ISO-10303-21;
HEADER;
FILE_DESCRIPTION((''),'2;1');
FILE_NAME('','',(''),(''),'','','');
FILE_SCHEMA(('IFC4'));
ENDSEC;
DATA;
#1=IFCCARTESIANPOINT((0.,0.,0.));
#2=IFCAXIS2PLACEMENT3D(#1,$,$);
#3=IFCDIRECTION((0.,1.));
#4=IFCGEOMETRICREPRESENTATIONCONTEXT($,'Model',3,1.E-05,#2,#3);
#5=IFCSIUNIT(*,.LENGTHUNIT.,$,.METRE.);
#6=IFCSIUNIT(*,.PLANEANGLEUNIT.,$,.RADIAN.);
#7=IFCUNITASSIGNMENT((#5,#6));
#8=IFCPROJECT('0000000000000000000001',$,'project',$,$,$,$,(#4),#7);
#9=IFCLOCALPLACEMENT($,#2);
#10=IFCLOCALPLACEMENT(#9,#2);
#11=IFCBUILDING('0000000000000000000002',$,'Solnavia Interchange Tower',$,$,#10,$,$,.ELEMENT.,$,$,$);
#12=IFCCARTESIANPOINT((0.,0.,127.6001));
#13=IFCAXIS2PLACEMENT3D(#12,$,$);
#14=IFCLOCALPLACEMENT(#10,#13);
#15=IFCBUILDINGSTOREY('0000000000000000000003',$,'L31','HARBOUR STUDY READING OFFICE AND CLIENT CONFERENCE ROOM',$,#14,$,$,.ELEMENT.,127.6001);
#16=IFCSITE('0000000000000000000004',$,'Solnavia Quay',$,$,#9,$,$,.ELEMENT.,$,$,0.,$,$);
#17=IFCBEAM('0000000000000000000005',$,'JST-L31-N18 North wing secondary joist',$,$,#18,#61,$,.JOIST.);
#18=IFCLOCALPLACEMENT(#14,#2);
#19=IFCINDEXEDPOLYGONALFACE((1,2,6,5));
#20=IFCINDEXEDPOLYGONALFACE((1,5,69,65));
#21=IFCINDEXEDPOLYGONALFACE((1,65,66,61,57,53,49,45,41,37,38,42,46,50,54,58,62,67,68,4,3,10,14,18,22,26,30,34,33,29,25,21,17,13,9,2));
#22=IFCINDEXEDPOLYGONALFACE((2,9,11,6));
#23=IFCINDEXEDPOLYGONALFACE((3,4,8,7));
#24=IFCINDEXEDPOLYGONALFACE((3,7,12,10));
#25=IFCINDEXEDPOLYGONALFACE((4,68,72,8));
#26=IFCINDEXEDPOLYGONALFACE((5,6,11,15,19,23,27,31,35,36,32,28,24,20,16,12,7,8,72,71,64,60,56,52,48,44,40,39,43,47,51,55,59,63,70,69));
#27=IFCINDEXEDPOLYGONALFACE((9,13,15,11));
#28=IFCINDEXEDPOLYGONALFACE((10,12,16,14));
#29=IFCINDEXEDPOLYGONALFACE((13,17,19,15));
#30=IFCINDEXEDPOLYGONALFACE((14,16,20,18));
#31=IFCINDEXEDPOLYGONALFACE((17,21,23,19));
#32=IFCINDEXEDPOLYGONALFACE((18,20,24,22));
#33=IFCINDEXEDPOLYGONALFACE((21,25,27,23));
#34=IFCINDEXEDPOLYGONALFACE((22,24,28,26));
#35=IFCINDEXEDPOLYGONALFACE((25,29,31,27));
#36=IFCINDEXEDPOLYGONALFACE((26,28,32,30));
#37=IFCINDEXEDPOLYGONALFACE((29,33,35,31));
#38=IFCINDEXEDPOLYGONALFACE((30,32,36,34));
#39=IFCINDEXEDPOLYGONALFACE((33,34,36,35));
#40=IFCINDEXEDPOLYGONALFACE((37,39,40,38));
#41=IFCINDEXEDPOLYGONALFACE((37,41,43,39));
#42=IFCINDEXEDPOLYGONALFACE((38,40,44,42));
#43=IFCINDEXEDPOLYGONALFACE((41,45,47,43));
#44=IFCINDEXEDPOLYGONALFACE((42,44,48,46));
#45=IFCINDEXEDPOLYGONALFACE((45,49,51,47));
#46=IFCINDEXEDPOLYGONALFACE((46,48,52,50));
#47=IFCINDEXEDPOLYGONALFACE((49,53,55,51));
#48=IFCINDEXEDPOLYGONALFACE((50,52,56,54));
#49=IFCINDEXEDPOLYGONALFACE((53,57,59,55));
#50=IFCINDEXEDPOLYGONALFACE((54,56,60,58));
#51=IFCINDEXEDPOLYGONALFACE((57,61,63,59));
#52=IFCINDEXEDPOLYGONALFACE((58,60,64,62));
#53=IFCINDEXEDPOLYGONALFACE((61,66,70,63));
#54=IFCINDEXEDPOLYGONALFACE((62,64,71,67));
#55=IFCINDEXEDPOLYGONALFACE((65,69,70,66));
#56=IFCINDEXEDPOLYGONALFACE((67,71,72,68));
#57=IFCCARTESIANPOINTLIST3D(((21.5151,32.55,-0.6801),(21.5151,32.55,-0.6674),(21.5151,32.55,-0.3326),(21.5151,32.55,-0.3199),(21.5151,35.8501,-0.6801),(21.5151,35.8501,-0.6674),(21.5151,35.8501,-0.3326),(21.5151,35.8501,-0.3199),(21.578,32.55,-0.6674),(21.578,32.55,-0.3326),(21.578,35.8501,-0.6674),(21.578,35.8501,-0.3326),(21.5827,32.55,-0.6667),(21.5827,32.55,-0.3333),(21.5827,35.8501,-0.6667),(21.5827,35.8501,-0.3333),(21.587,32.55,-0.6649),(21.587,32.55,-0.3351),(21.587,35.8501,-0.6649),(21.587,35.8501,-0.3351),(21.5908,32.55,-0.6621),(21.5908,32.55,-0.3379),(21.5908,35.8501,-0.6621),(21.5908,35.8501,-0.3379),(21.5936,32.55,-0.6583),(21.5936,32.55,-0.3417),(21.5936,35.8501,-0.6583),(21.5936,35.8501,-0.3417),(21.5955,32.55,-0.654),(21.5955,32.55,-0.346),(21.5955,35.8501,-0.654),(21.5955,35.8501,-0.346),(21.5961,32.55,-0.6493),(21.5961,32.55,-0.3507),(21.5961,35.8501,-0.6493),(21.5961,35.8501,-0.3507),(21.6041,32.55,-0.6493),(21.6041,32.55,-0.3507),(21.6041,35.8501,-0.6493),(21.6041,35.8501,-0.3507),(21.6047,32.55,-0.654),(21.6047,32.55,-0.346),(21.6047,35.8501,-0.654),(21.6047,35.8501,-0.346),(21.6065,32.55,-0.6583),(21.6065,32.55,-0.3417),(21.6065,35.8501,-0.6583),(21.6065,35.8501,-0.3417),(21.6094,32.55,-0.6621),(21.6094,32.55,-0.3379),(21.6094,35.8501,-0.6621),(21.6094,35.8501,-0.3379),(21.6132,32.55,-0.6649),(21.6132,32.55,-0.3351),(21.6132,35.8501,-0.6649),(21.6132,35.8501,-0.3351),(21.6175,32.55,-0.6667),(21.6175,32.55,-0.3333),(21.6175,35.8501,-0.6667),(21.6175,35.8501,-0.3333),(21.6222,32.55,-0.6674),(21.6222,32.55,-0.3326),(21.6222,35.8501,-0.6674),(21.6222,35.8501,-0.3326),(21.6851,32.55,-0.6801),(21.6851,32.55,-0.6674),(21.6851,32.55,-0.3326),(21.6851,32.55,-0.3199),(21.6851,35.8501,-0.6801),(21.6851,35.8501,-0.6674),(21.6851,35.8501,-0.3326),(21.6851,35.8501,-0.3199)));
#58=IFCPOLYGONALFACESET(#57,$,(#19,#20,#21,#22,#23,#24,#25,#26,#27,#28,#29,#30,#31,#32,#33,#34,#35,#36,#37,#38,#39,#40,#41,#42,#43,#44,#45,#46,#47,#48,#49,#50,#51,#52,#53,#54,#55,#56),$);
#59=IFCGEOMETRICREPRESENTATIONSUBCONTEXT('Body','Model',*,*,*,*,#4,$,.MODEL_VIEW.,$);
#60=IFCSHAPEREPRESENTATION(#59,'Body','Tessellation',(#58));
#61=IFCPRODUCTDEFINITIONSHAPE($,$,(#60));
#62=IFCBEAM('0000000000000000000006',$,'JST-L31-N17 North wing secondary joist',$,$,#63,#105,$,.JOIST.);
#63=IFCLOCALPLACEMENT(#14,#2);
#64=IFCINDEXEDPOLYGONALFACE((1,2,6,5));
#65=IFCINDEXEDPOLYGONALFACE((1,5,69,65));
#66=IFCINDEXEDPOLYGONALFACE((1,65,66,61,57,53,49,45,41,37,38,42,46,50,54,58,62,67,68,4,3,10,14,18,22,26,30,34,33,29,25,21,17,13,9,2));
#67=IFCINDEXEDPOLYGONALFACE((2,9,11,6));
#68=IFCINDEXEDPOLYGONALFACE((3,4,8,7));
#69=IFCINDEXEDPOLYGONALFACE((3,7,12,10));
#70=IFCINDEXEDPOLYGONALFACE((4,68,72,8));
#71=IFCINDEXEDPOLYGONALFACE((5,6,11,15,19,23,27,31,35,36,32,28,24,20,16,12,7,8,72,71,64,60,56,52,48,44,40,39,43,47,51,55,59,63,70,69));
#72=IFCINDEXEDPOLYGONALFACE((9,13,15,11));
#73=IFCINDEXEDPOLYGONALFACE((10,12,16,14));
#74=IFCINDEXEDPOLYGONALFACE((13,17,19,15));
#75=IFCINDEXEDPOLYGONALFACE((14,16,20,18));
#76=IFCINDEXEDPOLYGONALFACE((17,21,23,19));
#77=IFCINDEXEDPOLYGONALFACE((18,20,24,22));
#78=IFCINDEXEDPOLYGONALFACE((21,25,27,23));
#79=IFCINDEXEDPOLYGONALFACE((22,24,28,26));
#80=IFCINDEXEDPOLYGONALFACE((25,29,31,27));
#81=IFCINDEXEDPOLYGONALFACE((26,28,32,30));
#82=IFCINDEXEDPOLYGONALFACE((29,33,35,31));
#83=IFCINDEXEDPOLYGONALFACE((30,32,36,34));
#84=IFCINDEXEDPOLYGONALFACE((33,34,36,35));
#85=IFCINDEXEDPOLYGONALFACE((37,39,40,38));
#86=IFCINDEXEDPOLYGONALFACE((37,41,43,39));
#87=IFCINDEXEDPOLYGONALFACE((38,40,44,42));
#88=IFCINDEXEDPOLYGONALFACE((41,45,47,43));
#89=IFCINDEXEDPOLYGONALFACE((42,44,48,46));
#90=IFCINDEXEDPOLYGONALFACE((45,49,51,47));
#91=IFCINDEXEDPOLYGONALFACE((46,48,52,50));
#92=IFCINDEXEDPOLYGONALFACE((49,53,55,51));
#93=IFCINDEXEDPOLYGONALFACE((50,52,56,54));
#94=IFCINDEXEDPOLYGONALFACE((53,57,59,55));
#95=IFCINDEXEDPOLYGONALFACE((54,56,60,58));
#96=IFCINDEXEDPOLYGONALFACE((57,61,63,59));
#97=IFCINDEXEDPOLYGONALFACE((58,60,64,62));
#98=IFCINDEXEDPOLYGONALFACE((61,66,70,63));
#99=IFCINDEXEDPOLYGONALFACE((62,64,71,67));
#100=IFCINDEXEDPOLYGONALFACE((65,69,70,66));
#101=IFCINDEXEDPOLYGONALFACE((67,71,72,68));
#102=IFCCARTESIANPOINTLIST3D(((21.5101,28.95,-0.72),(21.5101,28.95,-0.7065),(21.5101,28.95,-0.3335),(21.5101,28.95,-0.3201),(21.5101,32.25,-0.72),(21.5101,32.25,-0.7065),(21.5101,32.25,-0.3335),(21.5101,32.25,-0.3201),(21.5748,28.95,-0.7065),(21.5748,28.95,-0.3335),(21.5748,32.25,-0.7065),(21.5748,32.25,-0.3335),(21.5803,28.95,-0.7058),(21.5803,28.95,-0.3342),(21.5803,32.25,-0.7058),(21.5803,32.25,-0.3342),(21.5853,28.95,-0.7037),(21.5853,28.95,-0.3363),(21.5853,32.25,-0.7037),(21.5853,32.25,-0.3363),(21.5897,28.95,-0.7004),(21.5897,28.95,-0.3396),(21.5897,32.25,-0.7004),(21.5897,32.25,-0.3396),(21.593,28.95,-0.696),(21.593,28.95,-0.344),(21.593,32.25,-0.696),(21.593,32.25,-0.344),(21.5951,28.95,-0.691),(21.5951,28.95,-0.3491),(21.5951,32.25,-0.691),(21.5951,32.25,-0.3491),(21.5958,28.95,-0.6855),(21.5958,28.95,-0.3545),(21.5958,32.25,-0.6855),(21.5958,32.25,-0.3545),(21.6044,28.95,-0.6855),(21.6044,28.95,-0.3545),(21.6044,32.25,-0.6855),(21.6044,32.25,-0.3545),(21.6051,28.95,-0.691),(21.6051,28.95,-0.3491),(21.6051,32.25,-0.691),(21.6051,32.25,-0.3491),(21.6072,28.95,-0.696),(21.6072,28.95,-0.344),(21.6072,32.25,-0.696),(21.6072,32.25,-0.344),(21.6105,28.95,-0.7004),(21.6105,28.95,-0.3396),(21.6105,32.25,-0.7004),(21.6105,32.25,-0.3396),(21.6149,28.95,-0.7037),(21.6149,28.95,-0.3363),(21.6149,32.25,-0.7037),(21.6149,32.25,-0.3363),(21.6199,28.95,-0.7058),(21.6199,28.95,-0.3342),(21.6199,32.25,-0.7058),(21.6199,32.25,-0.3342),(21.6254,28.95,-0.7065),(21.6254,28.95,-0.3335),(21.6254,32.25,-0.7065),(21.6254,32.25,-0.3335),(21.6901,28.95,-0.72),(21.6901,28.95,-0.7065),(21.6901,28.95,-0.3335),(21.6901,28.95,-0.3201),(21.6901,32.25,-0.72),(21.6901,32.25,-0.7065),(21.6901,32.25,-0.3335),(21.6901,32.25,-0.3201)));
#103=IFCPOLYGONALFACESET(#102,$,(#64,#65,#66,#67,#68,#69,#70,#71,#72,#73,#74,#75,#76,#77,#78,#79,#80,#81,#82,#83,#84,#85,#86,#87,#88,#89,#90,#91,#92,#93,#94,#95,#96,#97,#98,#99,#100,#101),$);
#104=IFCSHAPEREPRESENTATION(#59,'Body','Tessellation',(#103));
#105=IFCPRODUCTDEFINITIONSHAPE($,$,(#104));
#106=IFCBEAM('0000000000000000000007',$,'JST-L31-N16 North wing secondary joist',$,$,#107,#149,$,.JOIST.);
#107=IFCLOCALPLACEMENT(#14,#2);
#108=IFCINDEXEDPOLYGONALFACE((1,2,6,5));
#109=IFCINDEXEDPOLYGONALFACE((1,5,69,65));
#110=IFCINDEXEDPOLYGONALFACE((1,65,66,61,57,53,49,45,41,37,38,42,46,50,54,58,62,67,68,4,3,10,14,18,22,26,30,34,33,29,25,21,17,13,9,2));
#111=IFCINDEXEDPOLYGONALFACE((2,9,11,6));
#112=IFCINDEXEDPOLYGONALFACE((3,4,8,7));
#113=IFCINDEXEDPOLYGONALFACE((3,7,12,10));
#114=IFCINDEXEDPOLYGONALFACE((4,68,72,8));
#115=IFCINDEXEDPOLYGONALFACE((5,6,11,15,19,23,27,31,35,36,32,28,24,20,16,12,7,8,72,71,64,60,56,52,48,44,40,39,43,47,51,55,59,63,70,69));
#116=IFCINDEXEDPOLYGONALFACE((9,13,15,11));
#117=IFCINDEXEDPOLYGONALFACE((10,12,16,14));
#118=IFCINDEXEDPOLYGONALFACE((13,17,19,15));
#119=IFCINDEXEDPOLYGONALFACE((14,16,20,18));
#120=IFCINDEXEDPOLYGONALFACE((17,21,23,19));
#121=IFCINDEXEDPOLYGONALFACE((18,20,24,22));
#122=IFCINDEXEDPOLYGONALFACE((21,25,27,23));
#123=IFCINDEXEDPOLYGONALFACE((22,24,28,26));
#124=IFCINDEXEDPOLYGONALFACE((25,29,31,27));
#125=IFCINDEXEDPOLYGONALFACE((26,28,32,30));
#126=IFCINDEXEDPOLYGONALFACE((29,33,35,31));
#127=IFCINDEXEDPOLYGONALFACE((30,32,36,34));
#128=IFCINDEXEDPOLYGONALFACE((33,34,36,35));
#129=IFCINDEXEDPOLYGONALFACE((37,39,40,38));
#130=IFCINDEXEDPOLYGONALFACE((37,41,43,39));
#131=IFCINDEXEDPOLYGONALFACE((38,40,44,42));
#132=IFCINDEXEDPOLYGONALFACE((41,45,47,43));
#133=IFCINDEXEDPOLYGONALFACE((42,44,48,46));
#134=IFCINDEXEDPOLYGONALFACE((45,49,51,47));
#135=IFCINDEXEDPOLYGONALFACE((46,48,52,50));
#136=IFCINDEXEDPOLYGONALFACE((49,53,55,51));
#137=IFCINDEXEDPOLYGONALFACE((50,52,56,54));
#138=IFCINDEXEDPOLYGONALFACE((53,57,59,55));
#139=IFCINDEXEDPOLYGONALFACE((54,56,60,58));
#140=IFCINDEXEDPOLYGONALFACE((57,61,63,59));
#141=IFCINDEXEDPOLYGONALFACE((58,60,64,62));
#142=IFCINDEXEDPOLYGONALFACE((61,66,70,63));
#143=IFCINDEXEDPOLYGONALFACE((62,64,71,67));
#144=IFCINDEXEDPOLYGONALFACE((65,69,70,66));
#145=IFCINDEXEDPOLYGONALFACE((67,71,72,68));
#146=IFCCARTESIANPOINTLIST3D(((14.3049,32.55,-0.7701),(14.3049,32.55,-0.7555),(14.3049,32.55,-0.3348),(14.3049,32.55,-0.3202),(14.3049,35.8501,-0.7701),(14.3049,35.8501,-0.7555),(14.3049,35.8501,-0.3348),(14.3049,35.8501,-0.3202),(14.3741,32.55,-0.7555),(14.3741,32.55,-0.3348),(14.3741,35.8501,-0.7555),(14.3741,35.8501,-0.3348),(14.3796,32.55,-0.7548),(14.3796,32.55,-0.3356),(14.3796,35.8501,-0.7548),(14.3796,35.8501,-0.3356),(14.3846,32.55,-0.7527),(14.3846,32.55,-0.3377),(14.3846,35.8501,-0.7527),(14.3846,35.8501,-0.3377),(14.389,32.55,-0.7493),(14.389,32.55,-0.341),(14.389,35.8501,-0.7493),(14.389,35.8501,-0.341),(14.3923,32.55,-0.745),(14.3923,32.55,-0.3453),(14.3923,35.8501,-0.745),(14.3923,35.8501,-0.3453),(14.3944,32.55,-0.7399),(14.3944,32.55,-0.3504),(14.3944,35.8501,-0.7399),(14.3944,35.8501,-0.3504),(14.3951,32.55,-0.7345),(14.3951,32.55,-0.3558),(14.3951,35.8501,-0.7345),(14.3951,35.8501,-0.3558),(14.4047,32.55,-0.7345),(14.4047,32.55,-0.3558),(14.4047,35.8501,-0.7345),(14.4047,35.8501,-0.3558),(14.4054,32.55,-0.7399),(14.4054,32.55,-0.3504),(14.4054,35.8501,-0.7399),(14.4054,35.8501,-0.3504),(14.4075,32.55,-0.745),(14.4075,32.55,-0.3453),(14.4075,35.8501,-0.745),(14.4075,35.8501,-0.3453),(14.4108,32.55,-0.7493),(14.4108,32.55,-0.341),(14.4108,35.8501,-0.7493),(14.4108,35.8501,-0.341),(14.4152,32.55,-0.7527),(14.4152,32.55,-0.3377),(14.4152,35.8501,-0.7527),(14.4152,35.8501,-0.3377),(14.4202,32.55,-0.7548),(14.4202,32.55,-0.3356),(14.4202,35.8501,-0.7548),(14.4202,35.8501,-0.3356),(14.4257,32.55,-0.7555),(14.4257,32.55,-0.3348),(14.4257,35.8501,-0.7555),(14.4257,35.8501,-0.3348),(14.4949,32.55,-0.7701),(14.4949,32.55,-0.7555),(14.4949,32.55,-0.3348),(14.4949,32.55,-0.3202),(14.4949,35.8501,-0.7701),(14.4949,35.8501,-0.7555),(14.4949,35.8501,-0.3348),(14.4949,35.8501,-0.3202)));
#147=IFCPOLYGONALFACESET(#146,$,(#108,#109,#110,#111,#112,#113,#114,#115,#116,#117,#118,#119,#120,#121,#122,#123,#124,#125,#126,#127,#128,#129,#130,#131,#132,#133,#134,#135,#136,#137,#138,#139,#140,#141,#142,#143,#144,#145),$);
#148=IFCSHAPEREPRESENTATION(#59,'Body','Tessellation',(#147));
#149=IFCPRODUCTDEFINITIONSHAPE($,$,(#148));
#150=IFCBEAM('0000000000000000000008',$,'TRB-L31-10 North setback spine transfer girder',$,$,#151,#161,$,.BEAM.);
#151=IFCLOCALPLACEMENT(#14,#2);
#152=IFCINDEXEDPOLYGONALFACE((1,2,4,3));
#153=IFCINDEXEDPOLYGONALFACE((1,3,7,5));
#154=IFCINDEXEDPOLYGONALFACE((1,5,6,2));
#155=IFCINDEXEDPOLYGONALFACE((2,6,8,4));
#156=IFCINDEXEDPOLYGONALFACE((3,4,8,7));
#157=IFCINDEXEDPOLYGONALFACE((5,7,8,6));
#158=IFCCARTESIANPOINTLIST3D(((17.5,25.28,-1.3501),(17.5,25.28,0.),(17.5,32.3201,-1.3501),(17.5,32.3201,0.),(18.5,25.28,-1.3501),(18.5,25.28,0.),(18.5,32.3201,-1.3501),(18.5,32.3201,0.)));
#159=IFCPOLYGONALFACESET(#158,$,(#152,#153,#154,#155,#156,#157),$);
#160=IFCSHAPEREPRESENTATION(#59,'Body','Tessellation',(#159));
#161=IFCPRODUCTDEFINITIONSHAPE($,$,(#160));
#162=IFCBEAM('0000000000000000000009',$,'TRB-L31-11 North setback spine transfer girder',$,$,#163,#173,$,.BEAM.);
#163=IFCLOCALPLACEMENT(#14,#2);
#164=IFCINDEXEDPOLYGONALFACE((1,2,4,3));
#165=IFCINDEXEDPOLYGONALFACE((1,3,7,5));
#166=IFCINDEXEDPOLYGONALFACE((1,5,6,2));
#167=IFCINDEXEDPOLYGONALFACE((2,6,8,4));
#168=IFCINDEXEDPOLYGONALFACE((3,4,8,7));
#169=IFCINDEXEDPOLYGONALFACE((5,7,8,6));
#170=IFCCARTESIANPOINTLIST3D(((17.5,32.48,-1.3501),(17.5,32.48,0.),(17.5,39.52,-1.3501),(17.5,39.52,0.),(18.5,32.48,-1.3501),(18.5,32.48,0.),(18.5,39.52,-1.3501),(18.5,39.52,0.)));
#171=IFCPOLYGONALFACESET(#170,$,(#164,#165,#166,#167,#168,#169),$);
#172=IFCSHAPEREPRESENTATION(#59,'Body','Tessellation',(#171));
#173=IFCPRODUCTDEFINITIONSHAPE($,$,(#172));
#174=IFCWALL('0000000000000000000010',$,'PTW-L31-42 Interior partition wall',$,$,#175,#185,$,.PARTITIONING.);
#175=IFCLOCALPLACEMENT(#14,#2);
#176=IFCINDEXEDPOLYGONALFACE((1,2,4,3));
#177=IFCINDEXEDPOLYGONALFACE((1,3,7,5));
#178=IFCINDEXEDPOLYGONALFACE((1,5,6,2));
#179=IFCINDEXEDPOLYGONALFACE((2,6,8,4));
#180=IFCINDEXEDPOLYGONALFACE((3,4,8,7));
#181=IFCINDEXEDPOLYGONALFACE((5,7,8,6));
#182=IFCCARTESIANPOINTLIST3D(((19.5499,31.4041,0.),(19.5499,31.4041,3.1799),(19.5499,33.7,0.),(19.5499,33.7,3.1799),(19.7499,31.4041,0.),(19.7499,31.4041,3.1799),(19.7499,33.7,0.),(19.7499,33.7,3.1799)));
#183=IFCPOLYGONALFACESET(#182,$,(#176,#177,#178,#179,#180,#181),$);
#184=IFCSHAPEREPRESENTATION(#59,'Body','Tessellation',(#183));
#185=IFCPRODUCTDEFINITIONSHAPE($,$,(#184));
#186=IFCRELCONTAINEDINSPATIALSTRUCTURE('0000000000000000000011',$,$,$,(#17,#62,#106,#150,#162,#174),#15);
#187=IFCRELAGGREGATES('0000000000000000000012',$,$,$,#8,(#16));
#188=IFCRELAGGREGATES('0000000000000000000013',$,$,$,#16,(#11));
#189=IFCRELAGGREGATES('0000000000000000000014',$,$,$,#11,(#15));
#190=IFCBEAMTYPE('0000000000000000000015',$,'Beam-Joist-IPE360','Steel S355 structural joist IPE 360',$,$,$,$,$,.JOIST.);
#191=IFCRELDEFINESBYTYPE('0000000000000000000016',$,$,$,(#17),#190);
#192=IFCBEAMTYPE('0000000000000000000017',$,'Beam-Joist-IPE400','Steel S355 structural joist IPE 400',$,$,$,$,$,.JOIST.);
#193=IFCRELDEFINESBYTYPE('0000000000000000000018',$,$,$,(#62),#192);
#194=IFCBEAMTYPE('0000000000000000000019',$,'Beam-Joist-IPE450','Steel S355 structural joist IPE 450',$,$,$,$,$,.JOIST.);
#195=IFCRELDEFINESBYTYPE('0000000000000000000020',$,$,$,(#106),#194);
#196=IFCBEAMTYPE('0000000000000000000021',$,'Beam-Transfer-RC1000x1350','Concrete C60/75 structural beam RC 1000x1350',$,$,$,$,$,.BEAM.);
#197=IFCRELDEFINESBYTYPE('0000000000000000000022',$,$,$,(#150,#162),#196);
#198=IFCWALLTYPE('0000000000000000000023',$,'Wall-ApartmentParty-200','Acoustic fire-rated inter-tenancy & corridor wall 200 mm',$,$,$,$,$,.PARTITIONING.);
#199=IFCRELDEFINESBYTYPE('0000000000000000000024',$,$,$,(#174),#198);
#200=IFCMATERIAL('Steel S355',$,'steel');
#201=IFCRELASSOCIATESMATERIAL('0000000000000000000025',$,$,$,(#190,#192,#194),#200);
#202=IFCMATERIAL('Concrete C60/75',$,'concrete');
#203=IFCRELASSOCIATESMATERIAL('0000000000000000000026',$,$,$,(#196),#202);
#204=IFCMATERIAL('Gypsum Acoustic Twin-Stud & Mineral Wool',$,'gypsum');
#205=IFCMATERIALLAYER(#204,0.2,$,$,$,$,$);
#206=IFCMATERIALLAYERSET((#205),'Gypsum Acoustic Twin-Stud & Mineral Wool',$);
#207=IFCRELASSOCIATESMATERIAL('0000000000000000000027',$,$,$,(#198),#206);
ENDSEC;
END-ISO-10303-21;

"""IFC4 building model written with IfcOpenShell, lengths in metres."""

from ifc_helpers import new_model, si_unit, direction, frame, frame_2d, origin, origin_2d, place, context, subcontext, project, spatial, rectangle, i_section, extrude, material, layer, layer_set, material_profile, profile_set, type_object, element, save


model = new_model("IFC4")

# Units and contexts
model_context = context("Model", 3, precision=1e-05, world=origin(), true_north=direction((0.0, 1.0)))
body_context = subcontext(model_context, "Body", "Model", "MODEL_VIEW")
ifc_project = project(units=[si_unit("LENGTHUNIT", "METRE"), si_unit("PLANEANGLEUNIT", "RADIAN")], contexts=[model_context])

# Site, building, storey
site_placement = place(None, origin())
site = spatial("IfcSite", under=ifc_project, at=site_placement, Name="Solnavia Quay", CompositionType="ELEMENT", RefElevation=0.0)
building_placement = place(site_placement, origin())
building = spatial("IfcBuilding", under=site, at=building_placement, Name="Solnavia Interchange Tower", CompositionType="ELEMENT")
storey_placement = place(building_placement, frame((0.0, 0.0, 127.6001)))
storey = spatial("IfcBuildingStorey", under=building, at=storey_placement, Name="L31", Description="HARBOUR STUDY READING OFFICE AND CLIENT CONFERENCE ROOM", CompositionType="ELEMENT", Elevation=127.6001)

# Shared definitions
ifc_material_1 = material(Name="Steel S355", Category="steel")

# Beams
ifc_material_profile_1 = material_profile(ifc_material_1, i_section(OverallWidth=0.1699, OverallDepth=0.3601, WebThickness=0.0081, FlangeThickness=0.0127, FilletRadius=0.0181, at=origin_2d()), Name="IPE 360")
ifc_profile_set_1 = profile_set([ifc_material_profile_1], Name="Steel S355")
beam_type_1 = type_object("IfcBeamType", Name="Beam-Joist-IPE360", Description="Steel S355 structural joist IPE 360", PredefinedType="JOIST", material=ifc_profile_set_1)
for number, where, z_axis, x_axis, name in (
    (1, (21.6001, 32.55, -0.5), (0.0, 1.0, 0.0), (-1.0, 0.0, 0.0), "JST-L31-N18 North wing secondary joist"),
):
    element("IfcBeam", number, at=place(storey_placement, frame(where, z_axis=z_axis, x_axis=x_axis)), inside=storey, type_object=beam_type_1, Name=name, PredefinedType="JOIST", context=body_context, shape_type="SweptSolid", body=[
        extrude(i_section(OverallWidth=0.1699, OverallDepth=0.3601, WebThickness=0.0081, FlangeThickness=0.0127, FilletRadius=0.0181, at=origin_2d()), origin(), (0.0, 0.0, 1.0), 3.3),
    ])
ifc_material_profile_2 = material_profile(ifc_material_1, i_section(OverallWidth=0.1799, OverallDepth=0.3999, WebThickness=0.0085, FlangeThickness=0.0134, FilletRadius=0.021, at=origin_2d()), Name="IPE 400")
ifc_profile_set_2 = profile_set([ifc_material_profile_2], Name="Steel S355")
beam_type_2 = type_object("IfcBeamType", Name="Beam-Joist-IPE400", Description="Steel S355 structural joist IPE 400", PredefinedType="JOIST", material=ifc_profile_set_2)
beam_1_placement = place(storey_placement, frame((21.6001, 28.95, -0.52), z_axis=(0.0, 1.0, 0.0), x_axis=(-1.0, 0.0, 0.0)))
element("IfcBeam", 2, at=beam_1_placement, inside=storey, type_object=beam_type_2, Name="JST-L31-N17 North wing secondary joist", PredefinedType="JOIST", context=body_context, shape_type="SweptSolid", body=[
    extrude(i_section(OverallWidth=0.1799, OverallDepth=0.3999, WebThickness=0.0085, FlangeThickness=0.0134, FilletRadius=0.021, at=origin_2d()), origin(), (0.0, 0.0, 1.0), 3.3),
])
ifc_material_profile_3 = material_profile(ifc_material_1, i_section(OverallWidth=0.1899, OverallDepth=0.45, WebThickness=0.0095, FlangeThickness=0.0146, FilletRadius=0.021, at=origin_2d()), Name="IPE 450")
ifc_profile_set_3 = profile_set([ifc_material_profile_3], Name="Steel S355")
beam_type_3 = type_object("IfcBeamType", Name="Beam-Joist-IPE450", Description="Steel S355 structural joist IPE 450", PredefinedType="JOIST", material=ifc_profile_set_3)
beam_2_placement = place(storey_placement, frame((14.3999, 32.55, -0.5452), z_axis=(0.0, 1.0, 0.0), x_axis=(-1.0, 0.0, 0.0)))
element("IfcBeam", 3, at=beam_2_placement, inside=storey, type_object=beam_type_3, Name="JST-L31-N16 North wing secondary joist", PredefinedType="JOIST", context=body_context, shape_type="SweptSolid", body=[
    extrude(i_section(OverallWidth=0.1899, OverallDepth=0.45, WebThickness=0.0095, FlangeThickness=0.0146, FilletRadius=0.021, at=origin_2d()), origin(), (0.0, 0.0, 1.0), 3.3),
])
ifc_material_2 = material(Name="Concrete C60/75", Category="concrete")
ifc_material_profile_4 = material_profile(ifc_material_2, rectangle(XDim=1.0, YDim=1.3501, at=origin_2d()), Name="RC 1000x1350")
ifc_profile_set_4 = profile_set([ifc_material_profile_4], Name="Concrete C60/75")
beam_type_4 = type_object("IfcBeamType", Name="Beam-Transfer-RC1000x1350", Description="Concrete C60/75 structural beam RC 1000x1350", PredefinedType="BEAM", material=ifc_profile_set_4)
for number, where, z_axis, x_axis, name in (
    (4, (18.0, 25.28, -0.675), (0.0, 1.0, 0.0), (-1.0, 0.0, 0.0), "TRB-L31-10 North setback spine transfer girder"),
    (5, (18.0, 32.48, -0.675), (0.0, 1.0, 0.0), (-1.0, 0.0, 0.0), "TRB-L31-11 North setback spine transfer girder"),
):
    element("IfcBeam", number, at=place(storey_placement, frame(where, z_axis=z_axis, x_axis=x_axis)), inside=storey, type_object=beam_type_4, Name=name, PredefinedType="BEAM", context=body_context, shape_type="SweptSolid", body=[
        extrude(rectangle(XDim=1.0, YDim=1.3501, at=origin_2d()), origin(), (0.0, 0.0, 1.0), 7.04),
    ])

# Wall
ifc_material_3 = material(Name="Gypsum Acoustic Twin-Stud & Mineral Wool", Category="gypsum")
ifc_layer_1 = layer(ifc_material_3, 0.2)
ifc_layer_set_1 = layer_set([ifc_layer_1], Name="Gypsum Acoustic Twin-Stud & Mineral Wool")
wall_type_1 = type_object("IfcWallType", Name="Wall-ApartmentParty-200", Description="Acoustic fire-rated inter-tenancy & corridor wall 200 mm", PredefinedType="PARTITIONING", material=ifc_layer_set_1)
wall_1_placement = place(storey_placement, frame((19.6499, 31.4041, 0.0), z_axis=(0.0, 0.0, 1.0), x_axis=(0.0, 1.0, 0.0)))
element("IfcWall", 6, at=wall_1_placement, inside=storey, type_object=wall_type_1, Name="PTW-L31-42 Interior partition wall", PredefinedType="PARTITIONING", context=body_context, shape_type="SweptSolid", body=[
    extrude(rectangle(XDim=2.2959, YDim=0.2, at=frame_2d((1.1479, 0.0))), origin(), (0.0, 0.0, 1.0), 3.1799),
])

save(model, "model.ifc")
